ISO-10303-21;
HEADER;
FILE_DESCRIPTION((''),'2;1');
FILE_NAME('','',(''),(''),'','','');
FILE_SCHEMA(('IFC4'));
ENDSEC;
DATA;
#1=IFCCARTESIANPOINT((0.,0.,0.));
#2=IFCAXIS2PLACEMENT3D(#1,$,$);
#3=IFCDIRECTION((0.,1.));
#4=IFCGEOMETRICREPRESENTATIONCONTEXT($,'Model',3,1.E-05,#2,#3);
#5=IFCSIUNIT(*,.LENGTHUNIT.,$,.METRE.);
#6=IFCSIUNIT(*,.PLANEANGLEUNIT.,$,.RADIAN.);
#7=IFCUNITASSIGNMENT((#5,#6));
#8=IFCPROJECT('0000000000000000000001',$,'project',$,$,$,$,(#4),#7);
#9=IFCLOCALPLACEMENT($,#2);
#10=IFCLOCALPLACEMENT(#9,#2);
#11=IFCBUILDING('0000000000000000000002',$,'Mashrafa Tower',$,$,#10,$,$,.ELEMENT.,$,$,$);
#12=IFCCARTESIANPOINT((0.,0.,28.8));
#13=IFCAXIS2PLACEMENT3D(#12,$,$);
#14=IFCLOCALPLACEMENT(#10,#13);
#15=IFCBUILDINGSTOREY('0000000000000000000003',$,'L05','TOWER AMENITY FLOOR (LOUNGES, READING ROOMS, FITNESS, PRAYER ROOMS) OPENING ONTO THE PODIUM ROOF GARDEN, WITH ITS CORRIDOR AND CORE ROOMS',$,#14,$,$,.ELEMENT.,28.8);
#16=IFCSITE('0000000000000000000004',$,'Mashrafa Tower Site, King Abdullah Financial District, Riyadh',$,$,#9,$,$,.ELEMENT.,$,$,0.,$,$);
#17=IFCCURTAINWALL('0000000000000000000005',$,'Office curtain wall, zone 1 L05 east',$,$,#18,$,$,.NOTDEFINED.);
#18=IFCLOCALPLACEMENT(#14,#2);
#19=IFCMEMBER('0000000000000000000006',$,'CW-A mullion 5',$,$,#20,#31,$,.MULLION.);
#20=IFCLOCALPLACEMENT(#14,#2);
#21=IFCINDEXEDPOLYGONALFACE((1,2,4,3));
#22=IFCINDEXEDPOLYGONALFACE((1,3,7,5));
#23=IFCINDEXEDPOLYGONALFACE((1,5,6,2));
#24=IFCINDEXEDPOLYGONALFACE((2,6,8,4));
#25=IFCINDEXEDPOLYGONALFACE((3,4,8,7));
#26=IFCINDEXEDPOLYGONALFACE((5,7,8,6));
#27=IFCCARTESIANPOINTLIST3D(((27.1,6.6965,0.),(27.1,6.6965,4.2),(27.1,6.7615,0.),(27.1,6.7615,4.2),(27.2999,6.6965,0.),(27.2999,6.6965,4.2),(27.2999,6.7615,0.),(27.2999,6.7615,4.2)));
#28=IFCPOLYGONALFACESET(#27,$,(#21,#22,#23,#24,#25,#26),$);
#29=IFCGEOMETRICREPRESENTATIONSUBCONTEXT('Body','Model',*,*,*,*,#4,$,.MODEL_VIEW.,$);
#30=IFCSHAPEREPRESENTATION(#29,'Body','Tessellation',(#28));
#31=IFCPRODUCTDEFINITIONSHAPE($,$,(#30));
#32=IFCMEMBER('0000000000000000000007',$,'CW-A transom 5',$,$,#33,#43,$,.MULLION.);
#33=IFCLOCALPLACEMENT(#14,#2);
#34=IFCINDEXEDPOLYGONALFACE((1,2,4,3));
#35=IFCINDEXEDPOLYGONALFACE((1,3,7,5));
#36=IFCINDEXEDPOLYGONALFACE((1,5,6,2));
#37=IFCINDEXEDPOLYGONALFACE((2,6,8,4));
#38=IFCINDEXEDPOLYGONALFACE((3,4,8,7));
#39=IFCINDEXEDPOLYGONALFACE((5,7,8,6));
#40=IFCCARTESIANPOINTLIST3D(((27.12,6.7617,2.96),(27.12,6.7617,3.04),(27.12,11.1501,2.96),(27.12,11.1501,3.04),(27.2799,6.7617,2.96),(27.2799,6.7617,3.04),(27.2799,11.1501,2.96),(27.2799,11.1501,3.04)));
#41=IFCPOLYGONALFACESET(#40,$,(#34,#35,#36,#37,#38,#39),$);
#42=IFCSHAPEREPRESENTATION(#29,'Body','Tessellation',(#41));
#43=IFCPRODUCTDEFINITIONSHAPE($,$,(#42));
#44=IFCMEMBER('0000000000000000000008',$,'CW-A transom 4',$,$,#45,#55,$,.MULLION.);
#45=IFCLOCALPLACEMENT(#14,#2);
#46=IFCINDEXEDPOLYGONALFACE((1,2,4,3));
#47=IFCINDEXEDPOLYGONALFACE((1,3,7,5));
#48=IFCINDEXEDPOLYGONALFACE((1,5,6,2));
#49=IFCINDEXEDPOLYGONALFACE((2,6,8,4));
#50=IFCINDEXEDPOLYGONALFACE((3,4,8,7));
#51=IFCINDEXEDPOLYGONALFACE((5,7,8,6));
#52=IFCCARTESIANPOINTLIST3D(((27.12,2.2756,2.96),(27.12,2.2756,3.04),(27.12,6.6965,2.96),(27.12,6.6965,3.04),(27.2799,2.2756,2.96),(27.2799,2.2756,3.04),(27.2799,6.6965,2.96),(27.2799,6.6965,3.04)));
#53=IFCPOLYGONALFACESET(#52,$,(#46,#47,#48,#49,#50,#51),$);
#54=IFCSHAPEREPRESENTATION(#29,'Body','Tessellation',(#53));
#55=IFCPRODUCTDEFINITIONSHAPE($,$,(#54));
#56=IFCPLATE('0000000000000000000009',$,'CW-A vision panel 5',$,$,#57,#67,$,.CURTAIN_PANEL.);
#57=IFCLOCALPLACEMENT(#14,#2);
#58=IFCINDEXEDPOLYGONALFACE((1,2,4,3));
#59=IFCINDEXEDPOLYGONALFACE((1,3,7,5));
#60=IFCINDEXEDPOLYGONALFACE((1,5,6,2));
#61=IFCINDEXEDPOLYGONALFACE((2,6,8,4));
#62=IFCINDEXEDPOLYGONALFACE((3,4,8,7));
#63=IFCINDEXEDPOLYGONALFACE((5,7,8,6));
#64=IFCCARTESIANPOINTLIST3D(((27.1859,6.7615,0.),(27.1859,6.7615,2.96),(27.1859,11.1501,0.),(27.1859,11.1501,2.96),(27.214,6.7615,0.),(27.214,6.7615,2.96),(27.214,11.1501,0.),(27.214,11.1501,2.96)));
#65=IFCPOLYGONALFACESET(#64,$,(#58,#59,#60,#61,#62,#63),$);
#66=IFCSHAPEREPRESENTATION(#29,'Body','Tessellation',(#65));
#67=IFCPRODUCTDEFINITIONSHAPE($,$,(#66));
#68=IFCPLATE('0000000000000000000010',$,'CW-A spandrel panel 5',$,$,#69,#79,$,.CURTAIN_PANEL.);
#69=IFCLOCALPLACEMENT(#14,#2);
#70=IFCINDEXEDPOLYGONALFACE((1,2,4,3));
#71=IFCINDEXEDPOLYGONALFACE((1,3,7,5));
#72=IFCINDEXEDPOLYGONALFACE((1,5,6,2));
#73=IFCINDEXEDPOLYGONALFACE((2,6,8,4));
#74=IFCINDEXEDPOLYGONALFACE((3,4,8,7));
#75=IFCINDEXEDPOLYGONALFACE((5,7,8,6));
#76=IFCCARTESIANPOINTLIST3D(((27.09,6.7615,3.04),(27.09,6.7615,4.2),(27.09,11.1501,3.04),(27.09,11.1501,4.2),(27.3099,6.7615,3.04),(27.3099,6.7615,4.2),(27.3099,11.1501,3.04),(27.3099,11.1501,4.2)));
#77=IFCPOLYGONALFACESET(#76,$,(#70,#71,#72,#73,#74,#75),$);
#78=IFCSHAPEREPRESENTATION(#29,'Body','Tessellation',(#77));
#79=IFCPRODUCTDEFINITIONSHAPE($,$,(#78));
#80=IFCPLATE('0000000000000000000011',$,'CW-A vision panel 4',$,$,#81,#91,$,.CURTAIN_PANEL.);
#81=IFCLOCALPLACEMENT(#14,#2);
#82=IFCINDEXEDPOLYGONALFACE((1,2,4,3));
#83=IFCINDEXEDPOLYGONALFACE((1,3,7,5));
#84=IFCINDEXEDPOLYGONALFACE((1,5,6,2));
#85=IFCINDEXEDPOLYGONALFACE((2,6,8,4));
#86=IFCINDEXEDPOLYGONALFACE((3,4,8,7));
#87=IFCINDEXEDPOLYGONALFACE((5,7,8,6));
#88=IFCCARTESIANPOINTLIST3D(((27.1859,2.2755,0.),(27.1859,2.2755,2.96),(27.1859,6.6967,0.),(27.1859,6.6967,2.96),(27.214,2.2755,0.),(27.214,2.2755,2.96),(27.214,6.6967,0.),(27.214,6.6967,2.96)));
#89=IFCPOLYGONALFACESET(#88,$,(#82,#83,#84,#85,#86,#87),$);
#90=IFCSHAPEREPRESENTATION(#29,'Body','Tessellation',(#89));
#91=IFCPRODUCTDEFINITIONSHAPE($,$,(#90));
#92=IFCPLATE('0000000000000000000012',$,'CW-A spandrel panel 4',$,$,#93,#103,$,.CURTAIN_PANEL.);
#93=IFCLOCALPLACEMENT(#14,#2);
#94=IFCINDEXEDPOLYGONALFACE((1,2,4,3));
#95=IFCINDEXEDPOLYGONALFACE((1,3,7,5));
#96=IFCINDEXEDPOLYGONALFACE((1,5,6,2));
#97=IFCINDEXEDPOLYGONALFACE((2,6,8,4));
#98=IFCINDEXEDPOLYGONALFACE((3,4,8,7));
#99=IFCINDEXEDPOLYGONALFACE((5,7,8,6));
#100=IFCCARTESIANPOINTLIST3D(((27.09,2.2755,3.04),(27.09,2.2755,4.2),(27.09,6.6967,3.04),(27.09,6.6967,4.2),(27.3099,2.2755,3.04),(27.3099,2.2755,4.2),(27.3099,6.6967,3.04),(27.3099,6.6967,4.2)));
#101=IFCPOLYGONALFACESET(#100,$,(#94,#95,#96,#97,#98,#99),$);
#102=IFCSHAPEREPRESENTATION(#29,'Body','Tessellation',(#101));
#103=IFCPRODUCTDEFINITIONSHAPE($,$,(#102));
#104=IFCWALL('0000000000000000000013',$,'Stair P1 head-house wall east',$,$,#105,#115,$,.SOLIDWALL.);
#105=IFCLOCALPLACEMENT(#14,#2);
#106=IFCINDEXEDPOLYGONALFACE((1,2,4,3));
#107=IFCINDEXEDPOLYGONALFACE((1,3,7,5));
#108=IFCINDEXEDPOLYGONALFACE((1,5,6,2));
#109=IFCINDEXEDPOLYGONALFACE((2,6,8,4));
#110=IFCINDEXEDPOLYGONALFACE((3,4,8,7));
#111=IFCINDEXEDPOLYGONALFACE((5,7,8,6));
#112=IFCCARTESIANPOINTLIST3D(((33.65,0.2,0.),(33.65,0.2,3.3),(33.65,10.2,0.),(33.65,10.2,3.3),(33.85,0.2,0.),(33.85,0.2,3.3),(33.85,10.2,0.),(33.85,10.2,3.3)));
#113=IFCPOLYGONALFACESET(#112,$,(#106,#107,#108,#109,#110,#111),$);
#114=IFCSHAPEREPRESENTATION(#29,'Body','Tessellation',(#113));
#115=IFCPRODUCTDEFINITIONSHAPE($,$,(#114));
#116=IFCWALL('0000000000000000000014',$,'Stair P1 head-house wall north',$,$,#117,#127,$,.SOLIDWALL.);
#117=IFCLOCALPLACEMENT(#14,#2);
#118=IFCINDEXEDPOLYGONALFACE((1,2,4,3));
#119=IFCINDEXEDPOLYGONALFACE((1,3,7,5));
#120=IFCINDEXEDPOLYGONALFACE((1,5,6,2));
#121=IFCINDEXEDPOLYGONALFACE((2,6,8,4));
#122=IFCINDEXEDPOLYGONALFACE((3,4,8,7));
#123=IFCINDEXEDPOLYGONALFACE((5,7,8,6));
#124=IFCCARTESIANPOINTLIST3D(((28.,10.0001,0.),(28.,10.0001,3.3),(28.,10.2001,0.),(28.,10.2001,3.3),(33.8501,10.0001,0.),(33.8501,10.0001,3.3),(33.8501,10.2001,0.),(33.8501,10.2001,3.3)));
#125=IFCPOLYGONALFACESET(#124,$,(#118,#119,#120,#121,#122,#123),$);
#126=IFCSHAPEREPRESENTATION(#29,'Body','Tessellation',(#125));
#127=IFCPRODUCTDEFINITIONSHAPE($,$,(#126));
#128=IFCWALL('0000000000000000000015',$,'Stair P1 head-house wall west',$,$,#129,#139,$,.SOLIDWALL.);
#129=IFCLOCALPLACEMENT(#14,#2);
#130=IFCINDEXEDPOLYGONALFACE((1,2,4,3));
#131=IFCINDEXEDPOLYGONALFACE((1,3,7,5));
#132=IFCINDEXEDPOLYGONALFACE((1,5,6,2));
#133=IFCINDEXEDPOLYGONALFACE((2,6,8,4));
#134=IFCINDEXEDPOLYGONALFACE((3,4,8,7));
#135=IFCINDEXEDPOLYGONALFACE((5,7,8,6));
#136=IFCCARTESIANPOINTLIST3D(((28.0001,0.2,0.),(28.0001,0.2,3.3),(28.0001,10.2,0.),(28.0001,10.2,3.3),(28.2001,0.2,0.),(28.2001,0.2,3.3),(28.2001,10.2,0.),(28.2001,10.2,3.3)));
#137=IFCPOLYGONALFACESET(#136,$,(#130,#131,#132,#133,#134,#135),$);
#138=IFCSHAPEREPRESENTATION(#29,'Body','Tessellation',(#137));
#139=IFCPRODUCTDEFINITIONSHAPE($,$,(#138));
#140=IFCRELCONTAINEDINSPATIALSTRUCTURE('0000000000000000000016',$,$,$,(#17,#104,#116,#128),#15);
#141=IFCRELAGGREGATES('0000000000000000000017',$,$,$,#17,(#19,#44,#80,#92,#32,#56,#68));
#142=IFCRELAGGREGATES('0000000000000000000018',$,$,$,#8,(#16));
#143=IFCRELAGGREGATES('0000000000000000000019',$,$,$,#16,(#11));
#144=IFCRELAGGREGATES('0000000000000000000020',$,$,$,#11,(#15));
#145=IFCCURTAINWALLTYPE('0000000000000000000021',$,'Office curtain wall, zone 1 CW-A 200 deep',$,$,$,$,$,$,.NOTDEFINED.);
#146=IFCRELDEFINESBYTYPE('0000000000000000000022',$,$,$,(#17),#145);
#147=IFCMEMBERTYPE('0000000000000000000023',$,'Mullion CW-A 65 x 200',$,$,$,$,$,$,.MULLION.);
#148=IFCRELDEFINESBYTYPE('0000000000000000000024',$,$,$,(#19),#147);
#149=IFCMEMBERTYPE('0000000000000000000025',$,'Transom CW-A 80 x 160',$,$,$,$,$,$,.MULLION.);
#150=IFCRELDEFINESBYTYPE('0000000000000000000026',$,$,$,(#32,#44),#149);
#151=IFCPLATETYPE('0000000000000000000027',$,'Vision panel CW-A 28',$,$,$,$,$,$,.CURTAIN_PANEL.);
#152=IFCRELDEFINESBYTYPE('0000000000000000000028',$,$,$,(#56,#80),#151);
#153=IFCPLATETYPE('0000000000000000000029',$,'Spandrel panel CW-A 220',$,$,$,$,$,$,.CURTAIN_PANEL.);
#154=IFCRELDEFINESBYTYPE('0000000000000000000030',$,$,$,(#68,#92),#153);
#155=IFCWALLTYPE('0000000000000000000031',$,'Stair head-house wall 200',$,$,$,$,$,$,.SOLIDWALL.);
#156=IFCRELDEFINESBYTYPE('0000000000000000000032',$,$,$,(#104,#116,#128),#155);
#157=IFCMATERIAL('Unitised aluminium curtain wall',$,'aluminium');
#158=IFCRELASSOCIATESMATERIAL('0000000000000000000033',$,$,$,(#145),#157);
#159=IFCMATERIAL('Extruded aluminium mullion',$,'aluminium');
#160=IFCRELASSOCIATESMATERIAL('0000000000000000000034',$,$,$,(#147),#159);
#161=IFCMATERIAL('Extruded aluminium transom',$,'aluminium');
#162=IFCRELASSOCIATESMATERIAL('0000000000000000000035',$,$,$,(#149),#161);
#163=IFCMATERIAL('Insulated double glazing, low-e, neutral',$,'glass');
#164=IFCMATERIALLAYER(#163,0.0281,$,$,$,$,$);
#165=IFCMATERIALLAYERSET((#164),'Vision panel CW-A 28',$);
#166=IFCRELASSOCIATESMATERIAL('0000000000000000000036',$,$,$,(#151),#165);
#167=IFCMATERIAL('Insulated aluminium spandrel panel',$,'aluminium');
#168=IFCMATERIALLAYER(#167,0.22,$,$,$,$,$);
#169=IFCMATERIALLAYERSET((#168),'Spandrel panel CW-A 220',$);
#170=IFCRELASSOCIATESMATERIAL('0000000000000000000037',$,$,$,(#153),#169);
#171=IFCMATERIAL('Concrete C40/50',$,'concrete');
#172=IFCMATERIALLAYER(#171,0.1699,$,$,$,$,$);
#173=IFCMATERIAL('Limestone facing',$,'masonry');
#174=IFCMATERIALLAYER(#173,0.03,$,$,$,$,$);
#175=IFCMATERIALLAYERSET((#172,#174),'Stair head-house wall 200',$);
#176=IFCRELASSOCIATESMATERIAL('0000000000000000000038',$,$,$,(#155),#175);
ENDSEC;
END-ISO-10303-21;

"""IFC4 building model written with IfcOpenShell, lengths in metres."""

from ifc_helpers import new_model, si_unit, direction, frame, frame_2d, origin, origin_2d, place, context, subcontext, project, spatial, rectangle, extrude, source, transform, mapped, material, layer, layer_set, material_profile, profile_set, type_object, type_shapes, element, aggregate, save


model = new_model("IFC4")

# Units and contexts
model_context = context("Model", 3, precision=1e-05, world=origin(), true_north=direction((0.0, 1.0)))
body_context = subcontext(model_context, "Body", "Model", "MODEL_VIEW")
ifc_project = project(units=[si_unit("LENGTHUNIT", "METRE"), si_unit("PLANEANGLEUNIT", "RADIAN")], contexts=[model_context])

# Site, building, storey
site_placement = place(None, origin())
site = spatial("IfcSite", under=ifc_project, at=site_placement, Name="Mashrafa Tower Site, King Abdullah Financial District, Riyadh", CompositionType="ELEMENT", RefElevation=0.0)
building_placement = place(site_placement, origin())
building = spatial("IfcBuilding", under=site, at=building_placement, Name="Mashrafa Tower", CompositionType="ELEMENT")
storey_placement = place(building_placement, frame((0.0, 0.0, 28.8)))
storey = spatial("IfcBuildingStorey", under=building, at=storey_placement, Name="L05", Description="TOWER AMENITY FLOOR (LOUNGES, READING ROOMS, FITNESS, PRAYER ROOMS) OPENING ONTO THE PODIUM ROOF GARDEN, WITH ITS CORRIDOR AND CORE ROOMS", CompositionType="ELEMENT", Elevation=28.8)

# Curtain wall, members, plates
ifc_material_1 = material(Name="Unitised aluminium curtain wall", Category="aluminium")
curtain_wall_type = type_object("IfcCurtainWallType", Name="Office curtain wall, zone 1 CW-A 200 deep", PredefinedType="NOTDEFINED", material=ifc_material_1)
curtain_wall_placement = place(storey_placement, origin())
curtain_wall = element("IfcCurtainWall", 1, at=curtain_wall_placement, inside=storey, type_object=curtain_wall_type, Name="Office curtain wall, zone 1 L05 east", PredefinedType="NOTDEFINED")
ifc_material_2 = material(Name="Extruded aluminium mullion", Category="aluminium")
ifc_material_profile_1 = material_profile(ifc_material_2, rectangle(XDim=0.2, YDim=0.0649, at=origin_2d()), Name="Mullion 65x200")
ifc_profile_set_1 = profile_set([ifc_material_profile_1], Name="Extruded aluminium mullion")
member_type_1 = type_object("IfcMemberType", Name="Mullion CW-A 65 x 200", PredefinedType="MULLION", material=ifc_profile_set_1)
shared_shape_1 = source(origin(), body_context, "Body", "SweptSolid", [
    extrude(rectangle(XDim=0.2, YDim=0.0649, at=origin_2d()), origin(), (0.0, 0.0, 1.0), 4.2),
])
type_shapes(member_type_1, [shared_shape_1])
member_1_placement = place(storey_placement, frame((27.2, 6.729, 0.0), z_axis=(0.0, 0.0, 1.0), x_axis=(-1.0, 0.0, 0.0)))
member_1 = element("IfcMember", 2, at=member_1_placement, type_object=member_type_1, Name="CW-A mullion 5", PredefinedType="MULLION", context=body_context, shape_type="MappedRepresentation", body=[
    mapped(shared_shape_1, transform((0.0, 0.0, 0.0))),
])
ifc_material_3 = material(Name="Extruded aluminium transom", Category="aluminium")
ifc_material_profile_2 = material_profile(ifc_material_3, rectangle(XDim=0.1599, YDim=0.0801, at=origin_2d()), Name="Transom 80x160")
ifc_profile_set_2 = profile_set([ifc_material_profile_2], Name="Extruded aluminium transom")
member_type_2 = type_object("IfcMemberType", Name="Transom CW-A 80 x 160", PredefinedType="MULLION", material=ifc_profile_set_2)
shared_shape_2 = source(origin(), body_context, "Body", "SweptSolid", [
    extrude(rectangle(XDim=0.1599, YDim=0.0801, at=origin_2d()), origin(), (0.0, 0.0, 1.0), 4.3884),
])
member_2_placement = place(storey_placement, frame((27.2, 6.7617, 3.0), z_axis=(0.0, 1.0, 0.0), x_axis=(-1.0, 0.0, 0.0)))
member_2 = element("IfcMember", 3, at=member_2_placement, type_object=member_type_2, Name="CW-A transom 5", PredefinedType="MULLION", context=body_context, shape_type="MappedRepresentation", body=[
    mapped(shared_shape_2, transform((0.0, 0.0, 0.0))),
])
shared_shape_3 = source(origin(), body_context, "Body", "SweptSolid", [
    extrude(rectangle(XDim=0.1599, YDim=0.0801, at=origin_2d()), origin(), (0.0, 0.0, 1.0), 4.4209),
])
type_shapes(member_type_2, [shared_shape_2, shared_shape_3])
member_3_placement = place(storey_placement, frame((27.2, 2.2756, 3.0), z_axis=(0.0, 1.0, 0.0), x_axis=(-1.0, 0.0, 0.0)))
member_3 = element("IfcMember", 4, at=member_3_placement, type_object=member_type_2, Name="CW-A transom 4", PredefinedType="MULLION", context=body_context, shape_type="MappedRepresentation", body=[
    mapped(shared_shape_3, transform((0.0, 0.0, 0.0))),
])
ifc_material_4 = material(Name="Insulated double glazing, low-e, neutral", Category="glass")
ifc_layer_1 = layer(ifc_material_4, 0.0281)
ifc_layer_set_1 = layer_set([ifc_layer_1], Name="Vision panel CW-A 28")
plate_type_1 = type_object("IfcPlateType", Name="Vision panel CW-A 28", PredefinedType="CURTAIN_PANEL", material=ifc_layer_set_1)
shared_shape_4 = source(origin(), body_context, "Body", "SweptSolid", [
    extrude(rectangle(XDim=4.3887, YDim=0.0281, at=origin_2d()), origin(), (0.0, 0.0, 1.0), 2.96),
])
plate_1_placement = place(storey_placement, frame((27.2, 8.9558, 0.0), z_axis=(0.0, 0.0, 1.0), x_axis=(0.0, 1.0, 0.0)))
plate_1 = element("IfcPlate", 5, at=plate_1_placement, type_object=plate_type_1, Name="CW-A vision panel 5", PredefinedType="CURTAIN_PANEL", context=body_context, shape_type="MappedRepresentation", body=[
    mapped(shared_shape_4, transform((0.0, 0.0, 0.0))),
])
ifc_material_5 = material(Name="Insulated aluminium spandrel panel", Category="aluminium")
ifc_layer_2 = layer(ifc_material_5, 0.22)
ifc_layer_set_2 = layer_set([ifc_layer_2], Name="Spandrel panel CW-A 220")
plate_type_2 = type_object("IfcPlateType", Name="Spandrel panel CW-A 220", PredefinedType="CURTAIN_PANEL", material=ifc_layer_set_2)
shared_shape_5 = source(origin(), body_context, "Body", "SweptSolid", [
    extrude(rectangle(XDim=4.3887, YDim=0.22, at=origin_2d()), origin(), (0.0, 0.0, 1.0), 1.1599),
])
plate_2_placement = place(storey_placement, frame((27.2, 8.9558, 3.04), z_axis=(0.0, 0.0, 1.0), x_axis=(0.0, 1.0, 0.0)))
plate_2 = element("IfcPlate", 6, at=plate_2_placement, type_object=plate_type_2, Name="CW-A spandrel panel 5", PredefinedType="CURTAIN_PANEL", context=body_context, shape_type="MappedRepresentation", body=[
    mapped(shared_shape_5, transform((0.0, 0.0, 0.0))),
])
shared_shape_6 = source(origin(), body_context, "Body", "SweptSolid", [
    extrude(rectangle(XDim=4.4211, YDim=0.0281, at=origin_2d()), origin(), (0.0, 0.0, 1.0), 2.96),
])
type_shapes(plate_type_1, [shared_shape_4, shared_shape_6])
plate_3_placement = place(storey_placement, frame((27.2, 4.4861, 0.0), z_axis=(0.0, 0.0, 1.0), x_axis=(0.0, 1.0, 0.0)))
plate_3 = element("IfcPlate", 7, at=plate_3_placement, type_object=plate_type_1, Name="CW-A vision panel 4", PredefinedType="CURTAIN_PANEL", context=body_context, shape_type="MappedRepresentation", body=[
    mapped(shared_shape_6, transform((0.0, 0.0, 0.0))),
])
shared_shape_7 = source(origin(), body_context, "Body", "SweptSolid", [
    extrude(rectangle(XDim=4.4211, YDim=0.22, at=origin_2d()), origin(), (0.0, 0.0, 1.0), 1.1599),
])
type_shapes(plate_type_2, [shared_shape_5, shared_shape_7])
plate_4_placement = place(storey_placement, frame((27.2, 4.4861, 3.04), z_axis=(0.0, 0.0, 1.0), x_axis=(0.0, 1.0, 0.0)))
plate_4 = element("IfcPlate", 8, at=plate_4_placement, type_object=plate_type_2, Name="CW-A spandrel panel 4", PredefinedType="CURTAIN_PANEL", context=body_context, shape_type="MappedRepresentation", body=[
    mapped(shared_shape_7, transform((0.0, 0.0, 0.0))),
])
aggregate(curtain_wall, [member_1, member_3, plate_3, plate_4, member_2, plate_1, plate_2])

# Shared definitions
ifc_material_6 = material(Name="Concrete C40/50", Category="concrete")
ifc_layer_3 = layer(ifc_material_6, 0.1699)
ifc_material_7 = material(Name="Limestone facing", Category="masonry")
ifc_layer_4 = layer(ifc_material_7, 0.03)
ifc_layer_set_3 = layer_set([ifc_layer_3, ifc_layer_4], Name="Stair head-house wall 200")
wall_type = type_object("IfcWallType", Name="Stair head-house wall 200", PredefinedType="SOLIDWALL", material=ifc_layer_set_3)

# Walls
wall_1_placement = place(storey_placement, frame((33.75, 0.2, 0.0), z_axis=(0.0, 0.0, 1.0), x_axis=(0.0, 1.0, 0.0)))
element("IfcWall", 9, at=wall_1_placement, inside=storey, type_object=wall_type, Name="Stair P1 head-house wall east", PredefinedType="SOLIDWALL", context=body_context, shape_type="SweptSolid", body=[
    extrude(rectangle(XDim=10.0, YDim=0.2, at=frame_2d((5.0, 0.0))), origin(), (0.0, 0.0, 1.0), 3.3),
])
wall_2_placement = place(storey_placement, frame((33.8501, 10.1001, 0.0), z_axis=(0.0, 0.0, 1.0), x_axis=(-1.0, 0.0, 0.0)))
element("IfcWall", 10, at=wall_2_placement, inside=storey, type_object=wall_type, Name="Stair P1 head-house wall north", PredefinedType="SOLIDWALL", context=body_context, shape_type="SweptSolid", body=[
    extrude(rectangle(XDim=5.8501, YDim=0.2, at=frame_2d((2.925, 0.0))), origin(), (0.0, 0.0, 1.0), 3.3),
])
wall_3_placement = place(storey_placement, frame((28.1001, 10.2, 0.0), z_axis=(0.0, 0.0, 1.0), x_axis=(0.0, -1.0, 0.0)))
element("IfcWall", 11, at=wall_3_placement, inside=storey, type_object=wall_type, Name="Stair P1 head-house wall west", PredefinedType="SOLIDWALL", context=body_context, shape_type="SweptSolid", body=[
    extrude(rectangle(XDim=10.0, YDim=0.2, at=frame_2d((5.0, 0.0))), origin(), (0.0, 0.0, 1.0), 3.3),
])

save(model, "model.ifc")
